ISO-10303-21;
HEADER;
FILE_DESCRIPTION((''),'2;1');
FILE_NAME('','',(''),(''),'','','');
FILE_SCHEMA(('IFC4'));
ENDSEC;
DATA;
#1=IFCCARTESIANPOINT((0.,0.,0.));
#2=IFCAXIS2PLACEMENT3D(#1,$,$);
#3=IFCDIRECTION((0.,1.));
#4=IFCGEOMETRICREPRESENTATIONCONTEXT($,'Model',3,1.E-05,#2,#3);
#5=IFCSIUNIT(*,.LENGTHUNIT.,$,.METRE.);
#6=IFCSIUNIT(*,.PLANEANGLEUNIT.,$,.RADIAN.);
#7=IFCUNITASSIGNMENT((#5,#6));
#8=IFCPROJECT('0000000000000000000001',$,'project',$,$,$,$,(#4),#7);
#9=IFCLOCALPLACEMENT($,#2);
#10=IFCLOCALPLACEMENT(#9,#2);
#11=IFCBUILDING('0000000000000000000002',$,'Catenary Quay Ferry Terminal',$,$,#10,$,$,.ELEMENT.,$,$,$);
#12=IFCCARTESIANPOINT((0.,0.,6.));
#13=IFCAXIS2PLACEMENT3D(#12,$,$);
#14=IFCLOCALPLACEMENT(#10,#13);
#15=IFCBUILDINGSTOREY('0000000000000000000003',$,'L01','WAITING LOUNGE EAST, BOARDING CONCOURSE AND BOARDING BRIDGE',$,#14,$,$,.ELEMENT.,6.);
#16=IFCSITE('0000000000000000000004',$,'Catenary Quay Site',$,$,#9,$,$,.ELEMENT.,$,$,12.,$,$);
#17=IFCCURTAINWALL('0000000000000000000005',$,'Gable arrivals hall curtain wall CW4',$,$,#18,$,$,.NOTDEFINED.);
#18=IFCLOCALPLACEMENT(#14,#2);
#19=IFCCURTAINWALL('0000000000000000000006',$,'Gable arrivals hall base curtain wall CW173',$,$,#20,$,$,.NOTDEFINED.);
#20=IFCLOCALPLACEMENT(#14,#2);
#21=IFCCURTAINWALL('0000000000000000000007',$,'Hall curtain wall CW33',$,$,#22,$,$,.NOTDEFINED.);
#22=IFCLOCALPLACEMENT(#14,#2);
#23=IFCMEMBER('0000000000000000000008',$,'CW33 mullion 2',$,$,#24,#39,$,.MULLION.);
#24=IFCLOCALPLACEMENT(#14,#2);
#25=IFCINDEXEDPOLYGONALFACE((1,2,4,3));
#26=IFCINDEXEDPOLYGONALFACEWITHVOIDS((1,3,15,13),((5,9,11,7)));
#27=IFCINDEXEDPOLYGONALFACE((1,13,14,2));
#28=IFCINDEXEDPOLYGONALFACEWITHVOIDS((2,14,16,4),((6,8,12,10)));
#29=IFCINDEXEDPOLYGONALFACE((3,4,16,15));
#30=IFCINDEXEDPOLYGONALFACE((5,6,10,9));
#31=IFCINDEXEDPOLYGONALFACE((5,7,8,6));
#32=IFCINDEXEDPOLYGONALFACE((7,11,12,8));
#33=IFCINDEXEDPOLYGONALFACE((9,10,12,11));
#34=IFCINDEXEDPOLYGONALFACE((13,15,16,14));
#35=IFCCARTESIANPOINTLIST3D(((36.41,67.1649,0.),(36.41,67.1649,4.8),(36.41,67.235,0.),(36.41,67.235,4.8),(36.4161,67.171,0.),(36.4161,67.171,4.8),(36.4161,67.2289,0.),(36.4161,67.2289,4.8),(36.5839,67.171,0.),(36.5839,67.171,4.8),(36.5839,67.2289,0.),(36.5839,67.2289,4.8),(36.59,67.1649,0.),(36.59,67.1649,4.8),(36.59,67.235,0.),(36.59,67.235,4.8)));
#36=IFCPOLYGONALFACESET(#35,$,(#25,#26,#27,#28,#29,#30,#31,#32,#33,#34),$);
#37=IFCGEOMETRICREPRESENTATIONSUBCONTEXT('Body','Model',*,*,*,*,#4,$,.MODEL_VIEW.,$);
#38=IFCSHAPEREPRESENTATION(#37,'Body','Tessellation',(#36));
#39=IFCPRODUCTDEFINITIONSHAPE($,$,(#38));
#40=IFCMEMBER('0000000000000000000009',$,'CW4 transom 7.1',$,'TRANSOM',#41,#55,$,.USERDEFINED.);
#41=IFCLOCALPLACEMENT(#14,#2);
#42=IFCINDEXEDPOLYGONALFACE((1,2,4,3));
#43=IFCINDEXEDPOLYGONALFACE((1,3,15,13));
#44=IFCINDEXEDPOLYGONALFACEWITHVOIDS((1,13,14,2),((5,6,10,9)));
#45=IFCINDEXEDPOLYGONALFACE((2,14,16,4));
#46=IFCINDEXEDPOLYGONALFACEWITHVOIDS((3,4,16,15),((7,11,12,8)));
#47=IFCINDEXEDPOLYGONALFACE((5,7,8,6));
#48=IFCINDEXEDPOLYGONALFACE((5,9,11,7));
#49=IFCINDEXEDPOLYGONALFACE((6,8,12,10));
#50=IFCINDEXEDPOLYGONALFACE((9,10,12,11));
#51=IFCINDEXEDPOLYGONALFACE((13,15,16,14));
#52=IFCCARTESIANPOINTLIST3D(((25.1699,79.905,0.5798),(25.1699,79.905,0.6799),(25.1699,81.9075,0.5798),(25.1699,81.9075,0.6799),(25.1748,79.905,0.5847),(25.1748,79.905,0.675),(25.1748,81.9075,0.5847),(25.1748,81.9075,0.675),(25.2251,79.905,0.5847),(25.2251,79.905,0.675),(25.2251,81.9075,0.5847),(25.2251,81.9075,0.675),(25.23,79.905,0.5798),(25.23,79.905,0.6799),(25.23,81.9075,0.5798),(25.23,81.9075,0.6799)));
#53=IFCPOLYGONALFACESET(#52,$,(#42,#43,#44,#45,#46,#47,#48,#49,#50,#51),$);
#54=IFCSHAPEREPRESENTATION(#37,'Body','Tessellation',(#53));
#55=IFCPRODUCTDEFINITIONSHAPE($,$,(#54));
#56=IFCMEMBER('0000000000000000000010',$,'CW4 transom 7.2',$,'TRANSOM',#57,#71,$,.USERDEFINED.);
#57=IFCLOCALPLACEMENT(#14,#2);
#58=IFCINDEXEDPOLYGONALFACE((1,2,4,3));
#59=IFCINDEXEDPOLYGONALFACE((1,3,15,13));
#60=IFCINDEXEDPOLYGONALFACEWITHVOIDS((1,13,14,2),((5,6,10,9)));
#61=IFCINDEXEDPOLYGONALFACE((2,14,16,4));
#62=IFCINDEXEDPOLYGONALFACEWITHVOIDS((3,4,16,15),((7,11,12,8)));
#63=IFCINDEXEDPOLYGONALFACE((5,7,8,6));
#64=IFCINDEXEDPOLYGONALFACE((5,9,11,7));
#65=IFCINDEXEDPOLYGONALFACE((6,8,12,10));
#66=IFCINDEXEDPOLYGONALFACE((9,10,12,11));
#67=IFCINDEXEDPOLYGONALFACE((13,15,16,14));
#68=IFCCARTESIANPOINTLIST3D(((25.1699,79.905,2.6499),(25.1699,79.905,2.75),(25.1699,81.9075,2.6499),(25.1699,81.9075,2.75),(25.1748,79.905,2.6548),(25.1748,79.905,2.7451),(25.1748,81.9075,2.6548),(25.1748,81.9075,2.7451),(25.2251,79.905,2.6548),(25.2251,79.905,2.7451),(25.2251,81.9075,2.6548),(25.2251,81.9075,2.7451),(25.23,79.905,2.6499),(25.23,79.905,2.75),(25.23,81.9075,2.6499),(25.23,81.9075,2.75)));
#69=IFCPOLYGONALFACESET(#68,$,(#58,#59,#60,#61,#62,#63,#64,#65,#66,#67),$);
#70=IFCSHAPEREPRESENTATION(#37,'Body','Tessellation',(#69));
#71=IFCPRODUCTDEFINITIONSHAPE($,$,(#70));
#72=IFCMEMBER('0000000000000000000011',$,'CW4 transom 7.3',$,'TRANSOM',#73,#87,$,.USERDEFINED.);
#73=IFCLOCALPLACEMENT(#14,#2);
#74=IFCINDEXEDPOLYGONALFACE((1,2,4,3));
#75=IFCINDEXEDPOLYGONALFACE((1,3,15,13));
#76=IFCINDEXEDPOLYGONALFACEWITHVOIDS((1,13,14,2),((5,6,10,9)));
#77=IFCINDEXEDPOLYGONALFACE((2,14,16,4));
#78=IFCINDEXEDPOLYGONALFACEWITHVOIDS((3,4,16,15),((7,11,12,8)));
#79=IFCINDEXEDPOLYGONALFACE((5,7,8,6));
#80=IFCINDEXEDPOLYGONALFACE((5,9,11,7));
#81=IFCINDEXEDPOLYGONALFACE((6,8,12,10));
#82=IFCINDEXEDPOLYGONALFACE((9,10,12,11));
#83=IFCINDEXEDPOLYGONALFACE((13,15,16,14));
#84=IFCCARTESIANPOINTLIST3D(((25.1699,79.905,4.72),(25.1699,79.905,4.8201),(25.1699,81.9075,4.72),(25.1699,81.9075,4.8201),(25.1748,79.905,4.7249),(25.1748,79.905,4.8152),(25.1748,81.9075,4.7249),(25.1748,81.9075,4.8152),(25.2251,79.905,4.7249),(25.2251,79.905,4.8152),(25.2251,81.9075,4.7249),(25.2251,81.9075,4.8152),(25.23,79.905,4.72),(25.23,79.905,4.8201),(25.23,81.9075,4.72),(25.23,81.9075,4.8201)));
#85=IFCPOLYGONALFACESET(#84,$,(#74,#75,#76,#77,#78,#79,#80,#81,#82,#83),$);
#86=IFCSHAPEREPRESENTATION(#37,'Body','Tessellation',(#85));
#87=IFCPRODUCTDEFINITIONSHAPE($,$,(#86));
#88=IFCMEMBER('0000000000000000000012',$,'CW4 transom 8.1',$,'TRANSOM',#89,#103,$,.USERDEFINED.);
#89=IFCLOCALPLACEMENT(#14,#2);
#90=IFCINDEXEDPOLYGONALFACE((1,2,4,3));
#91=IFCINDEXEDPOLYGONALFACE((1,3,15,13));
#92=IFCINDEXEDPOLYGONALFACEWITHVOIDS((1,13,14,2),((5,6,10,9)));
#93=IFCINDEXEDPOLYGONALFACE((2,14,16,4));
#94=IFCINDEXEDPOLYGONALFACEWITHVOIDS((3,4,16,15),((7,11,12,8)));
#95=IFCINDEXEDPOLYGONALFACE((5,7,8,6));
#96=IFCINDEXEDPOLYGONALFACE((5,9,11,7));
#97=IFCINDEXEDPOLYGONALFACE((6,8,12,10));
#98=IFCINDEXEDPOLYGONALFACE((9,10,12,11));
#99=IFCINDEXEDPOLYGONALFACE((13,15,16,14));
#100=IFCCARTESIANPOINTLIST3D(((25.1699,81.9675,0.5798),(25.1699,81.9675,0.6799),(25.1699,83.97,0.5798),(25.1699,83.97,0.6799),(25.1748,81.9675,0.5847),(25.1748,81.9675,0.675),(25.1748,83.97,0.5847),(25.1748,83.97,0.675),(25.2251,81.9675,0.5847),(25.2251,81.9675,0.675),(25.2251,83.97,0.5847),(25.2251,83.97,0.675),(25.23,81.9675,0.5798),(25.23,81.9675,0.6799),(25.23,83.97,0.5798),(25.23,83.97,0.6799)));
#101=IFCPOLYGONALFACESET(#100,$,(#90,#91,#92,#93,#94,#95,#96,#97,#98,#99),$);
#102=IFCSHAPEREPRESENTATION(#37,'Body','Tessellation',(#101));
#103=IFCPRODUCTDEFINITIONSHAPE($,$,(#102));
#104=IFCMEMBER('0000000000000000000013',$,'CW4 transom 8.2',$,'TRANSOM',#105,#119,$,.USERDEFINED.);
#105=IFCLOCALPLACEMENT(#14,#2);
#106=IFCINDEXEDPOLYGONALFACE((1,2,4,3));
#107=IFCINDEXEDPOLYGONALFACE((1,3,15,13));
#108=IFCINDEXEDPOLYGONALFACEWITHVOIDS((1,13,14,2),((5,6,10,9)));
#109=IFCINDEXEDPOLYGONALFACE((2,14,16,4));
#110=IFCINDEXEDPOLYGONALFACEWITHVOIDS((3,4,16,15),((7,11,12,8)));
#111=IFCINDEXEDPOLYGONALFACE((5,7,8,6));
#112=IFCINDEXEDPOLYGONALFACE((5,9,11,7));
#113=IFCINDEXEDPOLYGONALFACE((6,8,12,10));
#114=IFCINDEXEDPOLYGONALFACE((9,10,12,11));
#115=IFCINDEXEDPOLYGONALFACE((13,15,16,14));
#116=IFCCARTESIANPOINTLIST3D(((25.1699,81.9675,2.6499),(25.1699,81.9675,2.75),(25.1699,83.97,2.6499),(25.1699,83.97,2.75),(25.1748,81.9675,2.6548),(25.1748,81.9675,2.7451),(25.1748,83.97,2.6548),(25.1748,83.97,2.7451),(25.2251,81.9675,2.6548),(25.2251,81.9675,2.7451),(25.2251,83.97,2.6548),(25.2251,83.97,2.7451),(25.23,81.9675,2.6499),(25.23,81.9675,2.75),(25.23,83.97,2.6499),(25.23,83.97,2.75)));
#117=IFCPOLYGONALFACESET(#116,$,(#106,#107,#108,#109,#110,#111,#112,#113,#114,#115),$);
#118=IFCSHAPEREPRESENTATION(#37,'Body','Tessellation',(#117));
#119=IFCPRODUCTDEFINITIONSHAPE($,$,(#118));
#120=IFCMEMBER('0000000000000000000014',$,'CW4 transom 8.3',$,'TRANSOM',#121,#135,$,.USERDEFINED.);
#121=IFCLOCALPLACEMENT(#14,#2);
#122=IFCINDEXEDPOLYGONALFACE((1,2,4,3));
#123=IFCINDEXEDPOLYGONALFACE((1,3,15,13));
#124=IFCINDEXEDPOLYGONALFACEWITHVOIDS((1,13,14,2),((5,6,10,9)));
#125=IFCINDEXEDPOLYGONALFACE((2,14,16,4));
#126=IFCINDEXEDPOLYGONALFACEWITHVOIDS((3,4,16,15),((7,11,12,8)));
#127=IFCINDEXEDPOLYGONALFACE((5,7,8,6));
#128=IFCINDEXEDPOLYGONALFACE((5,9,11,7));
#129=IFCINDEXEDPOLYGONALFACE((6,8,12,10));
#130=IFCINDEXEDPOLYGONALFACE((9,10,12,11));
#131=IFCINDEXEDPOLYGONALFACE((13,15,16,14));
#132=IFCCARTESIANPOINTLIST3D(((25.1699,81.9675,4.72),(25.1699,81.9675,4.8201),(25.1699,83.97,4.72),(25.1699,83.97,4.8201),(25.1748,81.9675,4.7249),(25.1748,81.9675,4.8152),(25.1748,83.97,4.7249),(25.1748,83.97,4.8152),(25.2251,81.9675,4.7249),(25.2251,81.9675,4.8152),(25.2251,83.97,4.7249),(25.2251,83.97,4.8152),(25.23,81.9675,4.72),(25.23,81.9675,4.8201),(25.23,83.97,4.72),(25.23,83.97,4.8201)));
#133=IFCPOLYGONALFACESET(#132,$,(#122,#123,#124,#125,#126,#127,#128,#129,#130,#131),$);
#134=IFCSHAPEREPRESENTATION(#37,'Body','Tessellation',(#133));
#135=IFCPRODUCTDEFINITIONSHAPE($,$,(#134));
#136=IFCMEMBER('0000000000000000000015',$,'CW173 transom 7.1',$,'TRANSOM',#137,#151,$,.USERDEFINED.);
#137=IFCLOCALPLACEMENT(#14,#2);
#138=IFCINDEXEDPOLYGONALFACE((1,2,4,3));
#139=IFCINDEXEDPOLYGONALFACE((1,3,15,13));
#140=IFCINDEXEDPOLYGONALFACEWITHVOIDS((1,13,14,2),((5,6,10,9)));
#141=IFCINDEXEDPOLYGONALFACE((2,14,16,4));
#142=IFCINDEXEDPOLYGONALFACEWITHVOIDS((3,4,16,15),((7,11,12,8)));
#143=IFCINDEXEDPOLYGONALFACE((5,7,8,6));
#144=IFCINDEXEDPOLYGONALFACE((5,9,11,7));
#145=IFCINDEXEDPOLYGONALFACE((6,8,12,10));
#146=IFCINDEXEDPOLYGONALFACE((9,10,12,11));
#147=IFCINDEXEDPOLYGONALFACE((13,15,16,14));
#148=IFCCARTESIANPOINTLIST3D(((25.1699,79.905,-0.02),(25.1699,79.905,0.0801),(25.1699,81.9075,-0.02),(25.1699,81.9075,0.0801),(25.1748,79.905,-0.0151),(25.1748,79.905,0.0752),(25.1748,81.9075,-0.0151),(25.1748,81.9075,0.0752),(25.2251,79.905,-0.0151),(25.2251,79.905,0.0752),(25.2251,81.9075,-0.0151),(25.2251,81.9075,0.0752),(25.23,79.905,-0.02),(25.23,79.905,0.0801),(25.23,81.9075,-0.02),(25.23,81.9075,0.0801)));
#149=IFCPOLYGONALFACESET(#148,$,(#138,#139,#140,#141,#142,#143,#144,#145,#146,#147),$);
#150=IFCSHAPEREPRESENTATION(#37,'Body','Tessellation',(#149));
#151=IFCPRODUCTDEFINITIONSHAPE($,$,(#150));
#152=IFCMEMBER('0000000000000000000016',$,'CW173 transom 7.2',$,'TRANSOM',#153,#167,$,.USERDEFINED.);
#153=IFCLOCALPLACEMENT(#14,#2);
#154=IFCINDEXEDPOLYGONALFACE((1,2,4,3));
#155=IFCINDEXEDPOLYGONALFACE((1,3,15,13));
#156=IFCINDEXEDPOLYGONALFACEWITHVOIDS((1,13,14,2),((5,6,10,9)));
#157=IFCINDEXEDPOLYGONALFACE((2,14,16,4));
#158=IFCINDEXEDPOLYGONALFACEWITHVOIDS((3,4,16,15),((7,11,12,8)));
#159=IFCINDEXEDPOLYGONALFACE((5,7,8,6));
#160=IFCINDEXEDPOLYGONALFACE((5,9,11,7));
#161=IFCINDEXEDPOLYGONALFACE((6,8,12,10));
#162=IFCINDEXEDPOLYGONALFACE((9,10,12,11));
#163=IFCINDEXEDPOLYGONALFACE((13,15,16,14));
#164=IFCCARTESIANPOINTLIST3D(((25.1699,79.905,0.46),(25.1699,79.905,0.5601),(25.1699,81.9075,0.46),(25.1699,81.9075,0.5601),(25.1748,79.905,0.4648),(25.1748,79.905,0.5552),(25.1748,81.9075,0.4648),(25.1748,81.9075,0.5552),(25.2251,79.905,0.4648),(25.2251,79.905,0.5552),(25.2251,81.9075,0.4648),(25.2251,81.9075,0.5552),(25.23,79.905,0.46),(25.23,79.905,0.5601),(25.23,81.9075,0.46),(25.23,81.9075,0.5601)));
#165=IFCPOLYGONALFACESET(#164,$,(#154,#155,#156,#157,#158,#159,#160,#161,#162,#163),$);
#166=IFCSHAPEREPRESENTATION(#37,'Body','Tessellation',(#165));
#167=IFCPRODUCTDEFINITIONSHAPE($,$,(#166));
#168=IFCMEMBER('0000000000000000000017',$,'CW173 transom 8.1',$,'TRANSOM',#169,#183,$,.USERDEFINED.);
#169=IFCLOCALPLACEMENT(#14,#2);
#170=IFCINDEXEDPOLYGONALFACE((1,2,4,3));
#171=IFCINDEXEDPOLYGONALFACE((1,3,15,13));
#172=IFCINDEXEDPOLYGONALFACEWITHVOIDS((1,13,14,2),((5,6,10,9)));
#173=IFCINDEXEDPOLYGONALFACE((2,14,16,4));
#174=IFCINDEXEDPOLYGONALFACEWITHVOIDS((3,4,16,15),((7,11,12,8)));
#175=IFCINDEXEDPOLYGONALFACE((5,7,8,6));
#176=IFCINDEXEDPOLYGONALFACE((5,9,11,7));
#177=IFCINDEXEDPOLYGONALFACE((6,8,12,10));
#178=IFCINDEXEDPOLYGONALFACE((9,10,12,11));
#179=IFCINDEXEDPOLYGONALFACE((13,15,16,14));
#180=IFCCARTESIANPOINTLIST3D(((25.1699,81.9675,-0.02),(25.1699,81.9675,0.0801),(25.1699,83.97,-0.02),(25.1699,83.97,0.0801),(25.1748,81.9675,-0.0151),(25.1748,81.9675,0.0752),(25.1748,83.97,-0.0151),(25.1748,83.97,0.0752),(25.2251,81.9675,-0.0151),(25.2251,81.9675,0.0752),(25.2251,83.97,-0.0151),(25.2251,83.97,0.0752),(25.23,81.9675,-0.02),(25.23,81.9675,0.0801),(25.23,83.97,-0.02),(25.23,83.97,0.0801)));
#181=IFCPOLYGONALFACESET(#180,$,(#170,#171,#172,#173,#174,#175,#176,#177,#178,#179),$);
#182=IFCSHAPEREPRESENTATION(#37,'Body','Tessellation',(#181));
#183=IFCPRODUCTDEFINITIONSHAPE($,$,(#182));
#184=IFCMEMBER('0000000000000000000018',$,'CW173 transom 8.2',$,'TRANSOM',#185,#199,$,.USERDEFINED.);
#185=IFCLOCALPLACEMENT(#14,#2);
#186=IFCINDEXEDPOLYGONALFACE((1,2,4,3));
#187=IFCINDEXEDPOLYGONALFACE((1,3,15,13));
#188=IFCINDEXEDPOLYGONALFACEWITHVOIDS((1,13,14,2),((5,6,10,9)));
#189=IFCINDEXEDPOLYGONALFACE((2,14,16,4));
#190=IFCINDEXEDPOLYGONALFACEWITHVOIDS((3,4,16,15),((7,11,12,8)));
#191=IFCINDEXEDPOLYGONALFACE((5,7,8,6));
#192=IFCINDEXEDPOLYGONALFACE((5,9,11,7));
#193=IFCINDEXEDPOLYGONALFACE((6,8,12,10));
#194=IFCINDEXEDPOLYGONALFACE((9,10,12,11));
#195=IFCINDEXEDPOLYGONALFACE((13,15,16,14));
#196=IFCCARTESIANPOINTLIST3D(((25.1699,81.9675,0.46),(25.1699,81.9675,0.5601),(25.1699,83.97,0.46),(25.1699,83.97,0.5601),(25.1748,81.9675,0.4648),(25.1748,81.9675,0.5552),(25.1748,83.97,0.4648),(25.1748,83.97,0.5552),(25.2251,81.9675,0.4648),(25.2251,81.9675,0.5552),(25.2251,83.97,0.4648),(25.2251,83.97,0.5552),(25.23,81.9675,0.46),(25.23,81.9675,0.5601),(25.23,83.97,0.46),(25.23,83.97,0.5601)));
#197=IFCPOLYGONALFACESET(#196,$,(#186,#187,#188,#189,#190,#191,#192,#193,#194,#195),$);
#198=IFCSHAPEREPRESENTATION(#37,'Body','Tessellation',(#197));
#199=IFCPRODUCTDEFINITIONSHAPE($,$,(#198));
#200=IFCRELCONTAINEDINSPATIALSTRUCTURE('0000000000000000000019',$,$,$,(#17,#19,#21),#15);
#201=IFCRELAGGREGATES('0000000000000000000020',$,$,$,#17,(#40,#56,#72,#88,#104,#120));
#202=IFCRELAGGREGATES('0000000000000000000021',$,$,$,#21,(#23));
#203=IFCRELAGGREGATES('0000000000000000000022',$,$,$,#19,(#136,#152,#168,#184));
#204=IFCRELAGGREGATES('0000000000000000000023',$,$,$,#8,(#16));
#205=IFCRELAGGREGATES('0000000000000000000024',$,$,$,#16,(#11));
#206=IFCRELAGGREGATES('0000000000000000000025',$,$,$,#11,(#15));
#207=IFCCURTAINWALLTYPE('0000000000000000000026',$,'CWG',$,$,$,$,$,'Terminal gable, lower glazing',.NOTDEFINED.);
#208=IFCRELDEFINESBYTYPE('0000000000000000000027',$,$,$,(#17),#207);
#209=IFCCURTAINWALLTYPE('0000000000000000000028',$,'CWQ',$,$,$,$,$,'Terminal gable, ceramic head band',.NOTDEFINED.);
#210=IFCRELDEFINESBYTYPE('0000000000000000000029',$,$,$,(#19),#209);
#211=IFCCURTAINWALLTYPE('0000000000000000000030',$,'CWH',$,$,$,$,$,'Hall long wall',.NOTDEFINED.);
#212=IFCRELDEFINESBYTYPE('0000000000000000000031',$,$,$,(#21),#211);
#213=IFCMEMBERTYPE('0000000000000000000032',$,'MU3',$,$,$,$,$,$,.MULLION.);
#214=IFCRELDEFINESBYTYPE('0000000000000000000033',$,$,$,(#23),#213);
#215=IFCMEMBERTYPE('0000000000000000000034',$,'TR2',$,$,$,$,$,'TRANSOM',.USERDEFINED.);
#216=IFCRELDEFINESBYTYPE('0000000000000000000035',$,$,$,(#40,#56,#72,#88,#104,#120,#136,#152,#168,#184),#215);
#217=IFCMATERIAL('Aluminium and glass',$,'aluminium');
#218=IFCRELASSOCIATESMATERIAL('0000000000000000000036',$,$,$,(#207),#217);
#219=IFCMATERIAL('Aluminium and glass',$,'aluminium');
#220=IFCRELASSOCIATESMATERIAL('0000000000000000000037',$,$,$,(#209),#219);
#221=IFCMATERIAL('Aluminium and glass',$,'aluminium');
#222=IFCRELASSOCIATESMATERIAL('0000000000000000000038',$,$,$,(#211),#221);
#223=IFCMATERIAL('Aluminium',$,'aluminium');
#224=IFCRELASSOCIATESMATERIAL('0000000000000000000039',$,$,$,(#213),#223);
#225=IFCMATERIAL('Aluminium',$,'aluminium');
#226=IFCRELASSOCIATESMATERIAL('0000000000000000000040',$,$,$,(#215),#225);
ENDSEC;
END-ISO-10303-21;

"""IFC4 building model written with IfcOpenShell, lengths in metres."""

from ifc_helpers import new_model, si_unit, direction, frame, origin, origin_2d, place, context, subcontext, project, spatial, hollow_rectangle, extrude, material, material_profile, profile_set, type_object, element, aggregate, save


model = new_model("IFC4")

# Units and contexts
model_context = context("Model", 3, precision=1e-05, world=origin(), true_north=direction((0.0, 1.0)))
body_context = subcontext(model_context, "Body", "Model", "MODEL_VIEW")
ifc_project = project(units=[si_unit("LENGTHUNIT", "METRE"), si_unit("PLANEANGLEUNIT", "RADIAN")], contexts=[model_context])

# Site, building, storey
site_placement = place(None, origin())
site = spatial("IfcSite", under=ifc_project, at=site_placement, Name="Catenary Quay Site", CompositionType="ELEMENT", RefElevation=12.0)
building_placement = place(site_placement, origin())
building = spatial("IfcBuilding", under=site, at=building_placement, Name="Catenary Quay Ferry Terminal", CompositionType="ELEMENT")
storey_placement = place(building_placement, frame((0.0, 0.0, 6.0)))
storey = spatial("IfcBuildingStorey", under=building, at=storey_placement, Name="L01", Description="WAITING LOUNGE EAST, BOARDING CONCOURSE AND BOARDING BRIDGE", CompositionType="ELEMENT", Elevation=6.0)

# Curtain walls
ifc_material_1 = material(Name="Aluminium and glass", Category="aluminium")
curtain_wall_type_1 = type_object("IfcCurtainWallType", Name="CWG", ElementType="Terminal gable, lower glazing", PredefinedType="NOTDEFINED", material=ifc_material_1)
curtain_wall_1_placement = place(storey_placement, origin())
curtain_wall_1 = element("IfcCurtainWall", 1, at=curtain_wall_1_placement, inside=storey, type_object=curtain_wall_type_1, Name="Gable arrivals hall curtain wall CW4", PredefinedType="NOTDEFINED")
ifc_material_2 = material(Name="Aluminium and glass", Category="aluminium")
curtain_wall_type_2 = type_object("IfcCurtainWallType", Name="CWQ", ElementType="Terminal gable, ceramic head band", PredefinedType="NOTDEFINED", material=ifc_material_2)
curtain_wall_2_placement = place(storey_placement, origin())
curtain_wall_2 = element("IfcCurtainWall", 2, at=curtain_wall_2_placement, inside=storey, type_object=curtain_wall_type_2, Name="Gable arrivals hall base curtain wall CW173", PredefinedType="NOTDEFINED")

# Curtain wall, member
ifc_material_3 = material(Name="Aluminium and glass", Category="aluminium")
curtain_wall_type_3 = type_object("IfcCurtainWallType", Name="CWH", ElementType="Hall long wall", PredefinedType="NOTDEFINED", material=ifc_material_3)
curtain_wall_3_placement = place(storey_placement, origin())
curtain_wall_3 = element("IfcCurtainWall", 3, at=curtain_wall_3_placement, inside=storey, type_object=curtain_wall_type_3, Name="Hall curtain wall CW33", PredefinedType="NOTDEFINED")
ifc_material_4 = material(Name="Aluminium", Category="aluminium")
ifc_material_profile_1 = material_profile(ifc_material_4, hollow_rectangle(XDim=0.0701, YDim=0.1799, WallThickness=0.0061, at=origin_2d()), Name="MU3")
ifc_profile_set_1 = profile_set([ifc_material_profile_1], Name="Aluminium")
member_type_1 = type_object("IfcMemberType", Name="MU3", PredefinedType="MULLION", material=ifc_profile_set_1)
member_1_placement = place(storey_placement, frame((36.5, 67.2, 0.0), z_axis=(0.0, 0.0, 1.0), x_axis=(0.0, 1.0, 0.0)))
member_1 = element("IfcMember", 4, at=member_1_placement, type_object=member_type_1, Name="CW33 mullion 2", PredefinedType="MULLION", context=body_context, shape_type="SweptSolid", body=[
    extrude(hollow_rectangle(XDim=0.0701, YDim=0.1799, WallThickness=0.0061, at=origin_2d()), origin(), (0.0, 0.0, 1.0), 4.8),
])

# Members
ifc_material_5 = material(Name="Aluminium", Category="aluminium")
ifc_material_profile_2 = material_profile(ifc_material_5, hollow_rectangle(XDim=0.0601, YDim=0.1001, WallThickness=0.0049, at=origin_2d()), Name="TR2")
ifc_profile_set_2 = profile_set([ifc_material_profile_2], Name="Aluminium")
member_type_2 = type_object("IfcMemberType", Name="TR2", ElementType="TRANSOM", PredefinedType="USERDEFINED", material=ifc_profile_set_2)
member_2_placement = place(storey_placement, frame((25.2, 79.905, 0.6299), z_axis=(0.0, 1.0, 0.0), x_axis=(-1.0, 0.0, 0.0)))
member_2 = element("IfcMember", 5, at=member_2_placement, type_object=member_type_2, Name="CW4 transom 7.1", ObjectType="TRANSOM", PredefinedType="USERDEFINED", context=body_context, shape_type="SweptSolid", body=[
    extrude(hollow_rectangle(XDim=0.0601, YDim=0.1001, WallThickness=0.0049, at=origin_2d()), origin(), (0.0, 0.0, 1.0), 2.0024),
])
member_3_placement = place(storey_placement, frame((25.2, 79.905, 2.7), z_axis=(0.0, 1.0, 0.0), x_axis=(-1.0, 0.0, 0.0)))
member_3 = element("IfcMember", 6, at=member_3_placement, type_object=member_type_2, Name="CW4 transom 7.2", ObjectType="TRANSOM", PredefinedType="USERDEFINED", context=body_context, shape_type="SweptSolid", body=[
    extrude(hollow_rectangle(XDim=0.0601, YDim=0.1001, WallThickness=0.0049, at=origin_2d()), origin(), (0.0, 0.0, 1.0), 2.0024),
])
member_4_placement = place(storey_placement, frame((25.2, 79.905, 4.77), z_axis=(0.0, 1.0, 0.0), x_axis=(-1.0, 0.0, 0.0)))
member_4 = element("IfcMember", 7, at=member_4_placement, type_object=member_type_2, Name="CW4 transom 7.3", ObjectType="TRANSOM", PredefinedType="USERDEFINED", context=body_context, shape_type="SweptSolid", body=[
    extrude(hollow_rectangle(XDim=0.0601, YDim=0.1001, WallThickness=0.0049, at=origin_2d()), origin(), (0.0, 0.0, 1.0), 2.0024),
])
member_5_placement = place(storey_placement, frame((25.2, 81.9675, 0.6299), z_axis=(0.0, 1.0, 0.0), x_axis=(-1.0, 0.0, 0.0)))
member_5 = element("IfcMember", 8, at=member_5_placement, type_object=member_type_2, Name="CW4 transom 8.1", ObjectType="TRANSOM", PredefinedType="USERDEFINED", context=body_context, shape_type="SweptSolid", body=[
    extrude(hollow_rectangle(XDim=0.0601, YDim=0.1001, WallThickness=0.0049, at=origin_2d()), origin(), (0.0, 0.0, 1.0), 2.0024),
])
member_6_placement = place(storey_placement, frame((25.2, 81.9675, 2.7), z_axis=(0.0, 1.0, 0.0), x_axis=(-1.0, 0.0, 0.0)))
member_6 = element("IfcMember", 9, at=member_6_placement, type_object=member_type_2, Name="CW4 transom 8.2", ObjectType="TRANSOM", PredefinedType="USERDEFINED", context=body_context, shape_type="SweptSolid", body=[
    extrude(hollow_rectangle(XDim=0.0601, YDim=0.1001, WallThickness=0.0049, at=origin_2d()), origin(), (0.0, 0.0, 1.0), 2.0024),
])
member_7_placement = place(storey_placement, frame((25.2, 81.9675, 4.77), z_axis=(0.0, 1.0, 0.0), x_axis=(-1.0, 0.0, 0.0)))
member_7 = element("IfcMember", 10, at=member_7_placement, type_object=member_type_2, Name="CW4 transom 8.3", ObjectType="TRANSOM", PredefinedType="USERDEFINED", context=body_context, shape_type="SweptSolid", body=[
    extrude(hollow_rectangle(XDim=0.0601, YDim=0.1001, WallThickness=0.0049, at=origin_2d()), origin(), (0.0, 0.0, 1.0), 2.0024),
])
member_8_placement = place(storey_placement, frame((25.2, 79.905, 0.03), z_axis=(0.0, 1.0, 0.0), x_axis=(-1.0, 0.0, 0.0)))
member_8 = element("IfcMember", 11, at=member_8_placement, type_object=member_type_2, Name="CW173 transom 7.1", ObjectType="TRANSOM", PredefinedType="USERDEFINED", context=body_context, shape_type="SweptSolid", body=[
    extrude(hollow_rectangle(XDim=0.0601, YDim=0.1001, WallThickness=0.0049, at=origin_2d()), origin(), (0.0, 0.0, 1.0), 2.0024),
])
member_9_placement = place(storey_placement, frame((25.2, 79.905, 0.51), z_axis=(0.0, 1.0, 0.0), x_axis=(-1.0, 0.0, 0.0)))
member_9 = element("IfcMember", 12, at=member_9_placement, type_object=member_type_2, Name="CW173 transom 7.2", ObjectType="TRANSOM", PredefinedType="USERDEFINED", context=body_context, shape_type="SweptSolid", body=[
    extrude(hollow_rectangle(XDim=0.0601, YDim=0.1001, WallThickness=0.0049, at=origin_2d()), origin(), (0.0, 0.0, 1.0), 2.0024),
])
member_10_placement = place(storey_placement, frame((25.2, 81.9675, 0.03), z_axis=(0.0, 1.0, 0.0), x_axis=(-1.0, 0.0, 0.0)))
member_10 = element("IfcMember", 13, at=member_10_placement, type_object=member_type_2, Name="CW173 transom 8.1", ObjectType="TRANSOM", PredefinedType="USERDEFINED", context=body_context, shape_type="SweptSolid", body=[
    extrude(hollow_rectangle(XDim=0.0601, YDim=0.1001, WallThickness=0.0049, at=origin_2d()), origin(), (0.0, 0.0, 1.0), 2.0024),
])
member_11_placement = place(storey_placement, frame((25.2, 81.9675, 0.51), z_axis=(0.0, 1.0, 0.0), x_axis=(-1.0, 0.0, 0.0)))
member_11 = element("IfcMember", 14, at=member_11_placement, type_object=member_type_2, Name="CW173 transom 8.2", ObjectType="TRANSOM", PredefinedType="USERDEFINED", context=body_context, shape_type="SweptSolid", body=[
    extrude(hollow_rectangle(XDim=0.0601, YDim=0.1001, WallThickness=0.0049, at=origin_2d()), origin(), (0.0, 0.0, 1.0), 2.0024),
])

aggregate(curtain_wall_1, [member_2, member_3, member_4, member_5, member_6, member_7])
aggregate(curtain_wall_3, [member_1])
aggregate(curtain_wall_2, [member_8, member_9, member_10, member_11])

save(model, "model.ifc")
